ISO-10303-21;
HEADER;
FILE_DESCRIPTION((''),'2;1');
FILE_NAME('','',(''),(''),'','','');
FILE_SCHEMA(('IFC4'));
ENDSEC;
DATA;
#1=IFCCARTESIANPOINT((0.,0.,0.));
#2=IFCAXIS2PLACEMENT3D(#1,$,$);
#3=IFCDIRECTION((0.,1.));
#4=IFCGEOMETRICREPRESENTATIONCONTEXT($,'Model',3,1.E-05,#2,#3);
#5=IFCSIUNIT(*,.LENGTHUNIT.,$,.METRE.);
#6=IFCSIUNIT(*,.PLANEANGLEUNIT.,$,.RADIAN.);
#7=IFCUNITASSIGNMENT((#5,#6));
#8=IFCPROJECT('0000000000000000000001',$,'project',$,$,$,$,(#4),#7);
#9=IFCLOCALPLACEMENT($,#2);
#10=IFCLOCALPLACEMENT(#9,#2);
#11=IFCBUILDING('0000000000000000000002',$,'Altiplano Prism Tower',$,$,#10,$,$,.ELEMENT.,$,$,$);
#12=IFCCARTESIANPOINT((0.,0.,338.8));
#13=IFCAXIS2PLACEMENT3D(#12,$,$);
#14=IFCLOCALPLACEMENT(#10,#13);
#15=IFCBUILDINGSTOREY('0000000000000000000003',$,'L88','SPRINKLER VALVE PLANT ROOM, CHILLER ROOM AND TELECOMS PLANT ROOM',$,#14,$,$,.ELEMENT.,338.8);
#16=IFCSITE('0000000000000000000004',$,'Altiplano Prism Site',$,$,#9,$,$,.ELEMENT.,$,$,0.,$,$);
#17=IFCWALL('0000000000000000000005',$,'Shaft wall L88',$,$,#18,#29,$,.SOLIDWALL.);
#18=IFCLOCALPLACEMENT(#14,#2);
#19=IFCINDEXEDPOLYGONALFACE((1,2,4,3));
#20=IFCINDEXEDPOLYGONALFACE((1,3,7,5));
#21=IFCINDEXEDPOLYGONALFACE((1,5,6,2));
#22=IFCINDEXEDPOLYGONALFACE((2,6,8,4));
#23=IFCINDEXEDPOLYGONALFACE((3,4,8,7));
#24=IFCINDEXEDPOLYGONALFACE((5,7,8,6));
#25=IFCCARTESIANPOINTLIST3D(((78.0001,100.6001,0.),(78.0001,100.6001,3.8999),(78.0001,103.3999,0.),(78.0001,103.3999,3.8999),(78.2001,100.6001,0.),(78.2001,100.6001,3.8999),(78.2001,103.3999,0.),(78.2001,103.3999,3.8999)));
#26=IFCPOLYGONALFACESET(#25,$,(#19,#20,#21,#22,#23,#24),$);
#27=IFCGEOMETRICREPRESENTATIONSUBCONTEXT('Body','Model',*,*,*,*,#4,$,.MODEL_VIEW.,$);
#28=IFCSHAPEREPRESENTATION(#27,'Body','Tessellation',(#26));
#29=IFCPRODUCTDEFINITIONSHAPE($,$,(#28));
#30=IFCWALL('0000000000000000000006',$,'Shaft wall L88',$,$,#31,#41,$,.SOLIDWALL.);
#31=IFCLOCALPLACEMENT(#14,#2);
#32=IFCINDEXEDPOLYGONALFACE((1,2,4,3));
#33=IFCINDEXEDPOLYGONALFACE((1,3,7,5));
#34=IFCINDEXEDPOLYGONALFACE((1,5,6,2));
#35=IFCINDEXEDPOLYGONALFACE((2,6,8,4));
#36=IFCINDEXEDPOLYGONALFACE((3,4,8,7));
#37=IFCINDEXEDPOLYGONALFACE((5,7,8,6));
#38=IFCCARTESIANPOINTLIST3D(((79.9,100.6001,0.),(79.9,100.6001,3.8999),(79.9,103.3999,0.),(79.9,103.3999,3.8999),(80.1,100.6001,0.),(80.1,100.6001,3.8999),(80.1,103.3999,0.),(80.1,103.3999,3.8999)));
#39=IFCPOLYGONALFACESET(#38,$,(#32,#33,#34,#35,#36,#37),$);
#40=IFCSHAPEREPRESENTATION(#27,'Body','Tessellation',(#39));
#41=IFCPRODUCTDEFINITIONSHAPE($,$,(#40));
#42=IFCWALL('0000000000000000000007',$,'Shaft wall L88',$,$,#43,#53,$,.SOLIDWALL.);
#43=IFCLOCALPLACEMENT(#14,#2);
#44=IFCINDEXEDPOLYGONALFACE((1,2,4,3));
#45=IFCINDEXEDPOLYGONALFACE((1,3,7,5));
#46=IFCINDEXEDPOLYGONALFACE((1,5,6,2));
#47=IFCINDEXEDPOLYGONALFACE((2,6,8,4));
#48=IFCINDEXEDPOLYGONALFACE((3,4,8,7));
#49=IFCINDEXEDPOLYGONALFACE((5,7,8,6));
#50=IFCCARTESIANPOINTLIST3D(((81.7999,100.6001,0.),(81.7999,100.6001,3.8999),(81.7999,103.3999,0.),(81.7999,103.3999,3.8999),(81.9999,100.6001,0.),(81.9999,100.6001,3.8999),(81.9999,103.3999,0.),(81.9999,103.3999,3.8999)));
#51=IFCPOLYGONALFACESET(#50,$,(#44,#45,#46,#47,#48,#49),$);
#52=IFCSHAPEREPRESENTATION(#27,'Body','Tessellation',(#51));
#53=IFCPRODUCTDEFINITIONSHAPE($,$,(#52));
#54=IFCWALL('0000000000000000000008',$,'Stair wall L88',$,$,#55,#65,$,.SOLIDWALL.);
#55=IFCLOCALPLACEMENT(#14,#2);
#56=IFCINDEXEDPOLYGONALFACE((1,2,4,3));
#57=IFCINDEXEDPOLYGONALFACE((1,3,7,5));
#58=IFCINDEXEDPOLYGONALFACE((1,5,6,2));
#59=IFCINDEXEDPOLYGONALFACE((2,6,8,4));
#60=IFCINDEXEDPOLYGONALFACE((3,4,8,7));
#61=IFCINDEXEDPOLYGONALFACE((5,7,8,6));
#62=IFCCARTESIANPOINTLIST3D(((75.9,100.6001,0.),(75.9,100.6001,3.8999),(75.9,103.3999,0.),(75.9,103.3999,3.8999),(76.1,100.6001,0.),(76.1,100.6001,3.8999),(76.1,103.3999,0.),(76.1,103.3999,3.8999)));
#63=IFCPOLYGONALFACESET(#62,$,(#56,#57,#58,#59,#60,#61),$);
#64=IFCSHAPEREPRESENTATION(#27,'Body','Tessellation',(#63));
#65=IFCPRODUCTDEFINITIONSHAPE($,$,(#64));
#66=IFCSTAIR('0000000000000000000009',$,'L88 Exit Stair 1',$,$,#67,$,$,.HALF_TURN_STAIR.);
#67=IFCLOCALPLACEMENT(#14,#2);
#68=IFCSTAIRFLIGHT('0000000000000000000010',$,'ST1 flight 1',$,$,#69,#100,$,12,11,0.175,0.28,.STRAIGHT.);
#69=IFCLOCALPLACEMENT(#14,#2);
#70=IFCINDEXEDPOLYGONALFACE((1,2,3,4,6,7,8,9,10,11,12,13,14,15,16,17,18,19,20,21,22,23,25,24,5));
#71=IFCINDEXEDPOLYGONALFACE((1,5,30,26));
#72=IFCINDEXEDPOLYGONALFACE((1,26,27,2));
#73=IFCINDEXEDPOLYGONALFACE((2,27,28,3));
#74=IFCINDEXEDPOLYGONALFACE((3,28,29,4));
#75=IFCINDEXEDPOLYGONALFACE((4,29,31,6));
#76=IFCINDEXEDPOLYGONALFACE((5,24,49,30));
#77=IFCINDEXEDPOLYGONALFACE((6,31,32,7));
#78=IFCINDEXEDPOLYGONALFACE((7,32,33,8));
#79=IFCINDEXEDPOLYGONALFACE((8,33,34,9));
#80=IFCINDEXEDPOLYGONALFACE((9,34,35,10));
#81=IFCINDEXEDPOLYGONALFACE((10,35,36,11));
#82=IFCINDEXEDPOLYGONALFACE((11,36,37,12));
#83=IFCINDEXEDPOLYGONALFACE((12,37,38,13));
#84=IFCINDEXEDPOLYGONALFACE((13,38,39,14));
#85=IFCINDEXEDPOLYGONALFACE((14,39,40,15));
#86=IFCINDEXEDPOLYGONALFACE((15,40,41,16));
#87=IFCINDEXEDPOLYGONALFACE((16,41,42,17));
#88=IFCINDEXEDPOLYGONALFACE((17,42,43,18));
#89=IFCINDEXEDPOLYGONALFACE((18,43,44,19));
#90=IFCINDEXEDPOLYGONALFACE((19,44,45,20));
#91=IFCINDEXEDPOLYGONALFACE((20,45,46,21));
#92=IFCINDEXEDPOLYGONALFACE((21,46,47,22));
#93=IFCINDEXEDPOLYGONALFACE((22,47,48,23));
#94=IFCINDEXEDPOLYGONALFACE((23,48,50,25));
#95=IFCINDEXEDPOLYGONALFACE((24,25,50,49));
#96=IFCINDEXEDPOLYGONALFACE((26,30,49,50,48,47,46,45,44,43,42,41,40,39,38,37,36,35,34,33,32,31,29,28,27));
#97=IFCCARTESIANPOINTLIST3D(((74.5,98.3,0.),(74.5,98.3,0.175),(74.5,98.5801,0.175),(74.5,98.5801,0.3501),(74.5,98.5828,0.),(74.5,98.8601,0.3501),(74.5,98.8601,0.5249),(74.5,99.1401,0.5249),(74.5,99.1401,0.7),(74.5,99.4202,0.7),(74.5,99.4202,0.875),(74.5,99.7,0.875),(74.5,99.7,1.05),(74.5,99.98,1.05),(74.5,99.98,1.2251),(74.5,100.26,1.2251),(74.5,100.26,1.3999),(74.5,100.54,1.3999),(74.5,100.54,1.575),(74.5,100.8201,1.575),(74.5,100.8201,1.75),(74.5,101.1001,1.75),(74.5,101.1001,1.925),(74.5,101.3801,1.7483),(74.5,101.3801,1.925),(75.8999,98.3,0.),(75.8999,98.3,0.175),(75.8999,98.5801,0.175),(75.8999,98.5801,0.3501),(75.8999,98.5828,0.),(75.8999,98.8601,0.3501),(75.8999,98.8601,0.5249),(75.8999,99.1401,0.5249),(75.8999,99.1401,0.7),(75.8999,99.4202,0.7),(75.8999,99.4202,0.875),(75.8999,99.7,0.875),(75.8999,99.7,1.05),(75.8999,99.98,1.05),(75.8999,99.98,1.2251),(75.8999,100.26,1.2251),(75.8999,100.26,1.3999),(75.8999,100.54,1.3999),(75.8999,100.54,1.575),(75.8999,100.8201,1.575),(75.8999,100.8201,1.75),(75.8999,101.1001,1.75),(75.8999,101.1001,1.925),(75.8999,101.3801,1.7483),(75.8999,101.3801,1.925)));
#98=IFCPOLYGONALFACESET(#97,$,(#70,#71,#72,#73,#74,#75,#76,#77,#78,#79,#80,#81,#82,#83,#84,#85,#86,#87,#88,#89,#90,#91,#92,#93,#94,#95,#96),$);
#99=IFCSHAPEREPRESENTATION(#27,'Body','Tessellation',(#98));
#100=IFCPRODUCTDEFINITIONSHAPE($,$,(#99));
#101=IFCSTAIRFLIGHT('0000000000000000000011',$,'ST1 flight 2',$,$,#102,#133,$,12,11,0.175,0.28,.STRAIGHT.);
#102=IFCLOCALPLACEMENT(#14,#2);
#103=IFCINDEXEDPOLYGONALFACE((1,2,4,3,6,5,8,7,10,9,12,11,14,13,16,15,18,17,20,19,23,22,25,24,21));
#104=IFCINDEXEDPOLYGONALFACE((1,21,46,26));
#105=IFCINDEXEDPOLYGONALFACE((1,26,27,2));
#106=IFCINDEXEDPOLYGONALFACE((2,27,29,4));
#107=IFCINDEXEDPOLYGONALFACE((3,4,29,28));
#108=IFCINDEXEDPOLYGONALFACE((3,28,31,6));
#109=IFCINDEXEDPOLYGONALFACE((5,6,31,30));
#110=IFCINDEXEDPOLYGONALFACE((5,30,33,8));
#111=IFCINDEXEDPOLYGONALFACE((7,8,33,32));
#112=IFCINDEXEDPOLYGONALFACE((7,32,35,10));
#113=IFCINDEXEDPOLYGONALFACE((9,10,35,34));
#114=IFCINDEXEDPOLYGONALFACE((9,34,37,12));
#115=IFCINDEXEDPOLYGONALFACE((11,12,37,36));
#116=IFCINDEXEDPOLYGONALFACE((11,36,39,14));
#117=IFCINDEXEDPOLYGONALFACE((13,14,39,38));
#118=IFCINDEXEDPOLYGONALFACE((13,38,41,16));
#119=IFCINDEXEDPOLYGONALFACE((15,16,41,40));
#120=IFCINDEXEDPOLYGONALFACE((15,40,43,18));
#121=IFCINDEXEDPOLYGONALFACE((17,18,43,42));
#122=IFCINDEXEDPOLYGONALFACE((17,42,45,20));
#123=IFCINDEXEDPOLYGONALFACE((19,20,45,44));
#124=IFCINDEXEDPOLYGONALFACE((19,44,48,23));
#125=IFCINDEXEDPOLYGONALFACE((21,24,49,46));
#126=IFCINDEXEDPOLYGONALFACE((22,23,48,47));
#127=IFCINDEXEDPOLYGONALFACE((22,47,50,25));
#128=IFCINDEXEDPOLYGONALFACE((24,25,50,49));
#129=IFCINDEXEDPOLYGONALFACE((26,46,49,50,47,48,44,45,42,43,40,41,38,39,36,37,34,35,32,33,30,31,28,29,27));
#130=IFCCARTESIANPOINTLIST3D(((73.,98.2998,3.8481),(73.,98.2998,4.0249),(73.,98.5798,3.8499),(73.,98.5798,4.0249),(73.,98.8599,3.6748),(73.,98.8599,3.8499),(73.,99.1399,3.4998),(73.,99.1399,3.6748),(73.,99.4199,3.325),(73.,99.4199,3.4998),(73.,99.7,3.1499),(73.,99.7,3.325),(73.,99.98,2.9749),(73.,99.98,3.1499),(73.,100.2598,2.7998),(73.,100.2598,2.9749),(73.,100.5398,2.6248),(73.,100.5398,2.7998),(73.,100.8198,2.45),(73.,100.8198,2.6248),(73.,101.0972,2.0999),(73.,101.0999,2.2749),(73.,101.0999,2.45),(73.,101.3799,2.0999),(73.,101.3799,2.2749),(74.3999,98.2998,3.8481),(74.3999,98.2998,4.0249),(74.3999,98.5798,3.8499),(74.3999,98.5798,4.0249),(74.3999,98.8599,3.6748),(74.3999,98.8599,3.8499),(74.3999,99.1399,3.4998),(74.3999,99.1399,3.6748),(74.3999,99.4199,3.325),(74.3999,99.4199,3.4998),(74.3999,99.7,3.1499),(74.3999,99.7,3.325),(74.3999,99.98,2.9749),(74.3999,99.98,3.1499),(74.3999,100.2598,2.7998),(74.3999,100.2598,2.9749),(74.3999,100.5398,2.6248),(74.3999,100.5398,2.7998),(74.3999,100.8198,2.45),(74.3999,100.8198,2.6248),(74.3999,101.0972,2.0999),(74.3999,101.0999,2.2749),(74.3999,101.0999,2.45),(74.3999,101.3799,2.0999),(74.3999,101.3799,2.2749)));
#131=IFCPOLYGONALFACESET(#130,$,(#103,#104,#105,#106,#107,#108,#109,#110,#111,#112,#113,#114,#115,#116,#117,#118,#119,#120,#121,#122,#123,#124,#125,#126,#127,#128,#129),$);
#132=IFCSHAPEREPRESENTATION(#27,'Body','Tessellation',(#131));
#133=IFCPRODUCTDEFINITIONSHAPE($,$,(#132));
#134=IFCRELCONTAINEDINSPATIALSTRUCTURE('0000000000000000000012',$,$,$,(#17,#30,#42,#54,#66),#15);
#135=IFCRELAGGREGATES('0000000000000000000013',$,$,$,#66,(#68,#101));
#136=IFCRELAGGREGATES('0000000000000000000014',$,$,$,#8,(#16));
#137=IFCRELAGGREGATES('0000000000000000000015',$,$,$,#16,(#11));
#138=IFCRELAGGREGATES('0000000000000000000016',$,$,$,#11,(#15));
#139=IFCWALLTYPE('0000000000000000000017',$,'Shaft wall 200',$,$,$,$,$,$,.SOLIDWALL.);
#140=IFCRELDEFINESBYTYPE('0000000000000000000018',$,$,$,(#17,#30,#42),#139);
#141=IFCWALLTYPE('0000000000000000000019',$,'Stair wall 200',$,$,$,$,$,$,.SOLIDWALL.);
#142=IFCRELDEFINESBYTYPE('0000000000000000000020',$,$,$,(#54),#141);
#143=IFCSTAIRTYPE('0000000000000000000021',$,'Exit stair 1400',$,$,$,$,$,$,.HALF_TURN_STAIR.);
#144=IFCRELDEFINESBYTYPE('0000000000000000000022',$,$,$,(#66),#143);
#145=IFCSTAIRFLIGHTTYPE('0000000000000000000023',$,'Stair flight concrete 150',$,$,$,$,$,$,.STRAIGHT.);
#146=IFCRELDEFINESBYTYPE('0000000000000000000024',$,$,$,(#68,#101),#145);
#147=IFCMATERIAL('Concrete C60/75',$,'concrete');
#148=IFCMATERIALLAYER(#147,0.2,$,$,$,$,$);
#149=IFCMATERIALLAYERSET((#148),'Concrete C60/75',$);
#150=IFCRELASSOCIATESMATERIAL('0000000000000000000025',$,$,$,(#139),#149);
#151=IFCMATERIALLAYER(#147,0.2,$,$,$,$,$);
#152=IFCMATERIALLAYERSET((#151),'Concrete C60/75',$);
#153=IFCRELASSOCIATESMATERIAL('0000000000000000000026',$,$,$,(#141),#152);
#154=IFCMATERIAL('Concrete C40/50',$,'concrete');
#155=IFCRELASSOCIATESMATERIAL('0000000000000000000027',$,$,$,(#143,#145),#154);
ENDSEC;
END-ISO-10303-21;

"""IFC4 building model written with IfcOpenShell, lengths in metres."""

from ifc_helpers import new_model, si_unit, direction, frame, frame_2d, origin, place, context, subcontext, project, spatial, polyline, rectangle, outline, extrude, material, layer, layer_set, type_object, element, aggregate, save


model = new_model("IFC4")

# Units and contexts
model_context = context("Model", 3, precision=1e-05, world=origin(), true_north=direction((0.0, 1.0)))
body_context = subcontext(model_context, "Body", "Model", "MODEL_VIEW")
ifc_project = project(units=[si_unit("LENGTHUNIT", "METRE"), si_unit("PLANEANGLEUNIT", "RADIAN")], contexts=[model_context])

# Site, building, storey
site_placement = place(None, origin())
site = spatial("IfcSite", under=ifc_project, at=site_placement, Name="Altiplano Prism Site", CompositionType="ELEMENT", RefElevation=0.0)
building_placement = place(site_placement, origin())
building = spatial("IfcBuilding", under=site, at=building_placement, Name="Altiplano Prism Tower", CompositionType="ELEMENT")
storey_placement = place(building_placement, frame((0.0, 0.0, 338.8)))
storey = spatial("IfcBuildingStorey", under=building, at=storey_placement, Name="L88", Description="SPRINKLER VALVE PLANT ROOM, CHILLER ROOM AND TELECOMS PLANT ROOM", CompositionType="ELEMENT", Elevation=338.8)

# Walls
ifc_material_1 = material(Name="Concrete C60/75", Category="concrete")
ifc_layer_1 = layer(ifc_material_1, 0.2)
ifc_layer_set_1 = layer_set([ifc_layer_1], Name="Concrete C60/75")
wall_type_1 = type_object("IfcWallType", Name="Shaft wall 200", PredefinedType="SOLIDWALL", material=ifc_layer_set_1)
for number, where, z_axis, x_axis, name in (
    (1, (78.1001, 100.6001, 0.0), (0.0, 0.0, 1.0), (0.0, 1.0, 0.0), "Shaft wall L88"),
    (2, (80.0, 100.6001, 0.0), (0.0, 0.0, 1.0), (0.0, 1.0, 0.0), "Shaft wall L88"),
    (3, (81.8999, 100.6001, 0.0), (0.0, 0.0, 1.0), (0.0, 1.0, 0.0), "Shaft wall L88"),
):
    element("IfcWall", number, at=place(storey_placement, frame(where, z_axis=z_axis, x_axis=x_axis)), inside=storey, type_object=wall_type_1, Name=name, PredefinedType="SOLIDWALL", context=body_context, shape_type="SweptSolid", body=[
        extrude(rectangle(XDim=2.7998, YDim=0.2, at=frame_2d((1.3999, 0.0))), origin(), (0.0, 0.0, 1.0), 3.8999),
    ])

# Shared definitions
ifc_layer_2 = layer(ifc_material_1, 0.2)
ifc_layer_set_2 = layer_set([ifc_layer_2], Name="Concrete C60/75")
wall_type_2 = type_object("IfcWallType", Name="Stair wall 200", PredefinedType="SOLIDWALL", material=ifc_layer_set_2)

# Wall
wall_1_placement = place(storey_placement, frame((76.0, 100.6001, 0.0), z_axis=(0.0, 0.0, 1.0), x_axis=(0.0, 1.0, 0.0)))
element("IfcWall", 4, at=wall_1_placement, inside=storey, type_object=wall_type_2, Name="Stair wall L88", PredefinedType="SOLIDWALL", context=body_context, shape_type="SweptSolid", body=[
    extrude(rectangle(XDim=2.7998, YDim=0.2, at=frame_2d((1.3999, 0.0))), origin(), (0.0, 0.0, 1.0), 3.8999),
])

# Stair, stair flights
ifc_material_2 = material(Name="Concrete C40/50", Category="concrete")
stair_type = type_object("IfcStairType", Name="Exit stair 1400", PredefinedType="HALF_TURN_STAIR", material=ifc_material_2)
stair_placement = place(storey_placement, origin())
stair = element("IfcStair", 5, at=stair_placement, inside=storey, type_object=stair_type, Name="L88 Exit Stair 1", PredefinedType="HALF_TURN_STAIR")
stair_flight_type = type_object("IfcStairFlightType", Name="Stair flight concrete 150", PredefinedType="STRAIGHT", material=ifc_material_2)
stair_flight_1_placement = place(storey_placement, frame((75.2, 98.3, 0.0), z_axis=(0.0, 0.0, 1.0), x_axis=(0.0, 1.0, 0.0)))
stair_flight_1 = element("IfcStairFlight", 6, at=stair_flight_1_placement, type_object=stair_flight_type, Name="ST1 flight 1", NumberOfRisers=12, NumberOfTreads=11, PredefinedType="STRAIGHT", RiserHeight=0.175, TreadLength=0.28, context=body_context, shape_type="SweptSolid", body=[
    extrude(outline(polyline([(0.0, 0.0), (0.0, 0.175), (0.28, 0.175), (0.28, 0.3501), (0.5601, 0.3501), (0.5601, 0.5249), (0.8401, 0.5249), (0.8401, 0.7), (1.1201, 0.7), (1.1201, 0.875), (1.3999, 0.875), (1.3999, 1.05), (1.6799, 1.05), (1.6799, 1.2251), (1.96, 1.2251), (1.96, 1.3999), (2.24, 1.3999), (2.24, 1.575), (2.52, 1.575), (2.52, 1.75), (2.8, 1.75), (2.8, 1.925), (3.0801, 1.925), (3.0801, 2.1001), (3.0801, 1.7483), (0.2827, 0.0), (0.0, 0.0)])), frame((0.0, 0.7, 0.0), z_axis=(0.0, -1.0, 0.0), x_axis=(1.0, 0.0, 0.0)), (0.0, 0.0, 1.0), 1.3999),
])
stair_flight_2_placement = place(storey_placement, frame((73.7, 101.3799, 2.0999), z_axis=(0.0, 0.0, 1.0), x_axis=(0.0, -1.0, 0.0)))
stair_flight_2 = element("IfcStairFlight", 7, at=stair_flight_2_placement, type_object=stair_flight_type, Name="ST1 flight 2", NumberOfRisers=12, NumberOfTreads=11, PredefinedType="STRAIGHT", RiserHeight=0.175, TreadLength=0.28, context=body_context, shape_type="SweptSolid", body=[
    extrude(outline(polyline([(0.0, 0.0), (0.0, 0.175), (0.28, 0.175), (0.28, 0.3501), (0.5601, 0.3501), (0.5601, 0.5249), (0.8401, 0.5249), (0.8401, 0.7), (1.1201, 0.7), (1.1201, 0.875), (1.3999, 0.875), (1.3999, 1.05), (1.6799, 1.05), (1.6799, 1.2251), (1.96, 1.2251), (1.96, 1.3999), (2.24, 1.3999), (2.24, 1.575), (2.52, 1.575), (2.52, 1.75), (2.8, 1.75), (2.8, 1.925), (3.0801, 1.925), (3.0801, 2.1001), (3.0801, 1.7483), (0.2827, 0.0), (0.0, 0.0)])), frame((0.0, 0.7, 0.0), z_axis=(0.0, -1.0, 0.0), x_axis=(1.0, 0.0, 0.0)), (0.0, 0.0, 1.0), 1.3999),
])
aggregate(stair, [stair_flight_1, stair_flight_2])

save(model, "model.ifc")
